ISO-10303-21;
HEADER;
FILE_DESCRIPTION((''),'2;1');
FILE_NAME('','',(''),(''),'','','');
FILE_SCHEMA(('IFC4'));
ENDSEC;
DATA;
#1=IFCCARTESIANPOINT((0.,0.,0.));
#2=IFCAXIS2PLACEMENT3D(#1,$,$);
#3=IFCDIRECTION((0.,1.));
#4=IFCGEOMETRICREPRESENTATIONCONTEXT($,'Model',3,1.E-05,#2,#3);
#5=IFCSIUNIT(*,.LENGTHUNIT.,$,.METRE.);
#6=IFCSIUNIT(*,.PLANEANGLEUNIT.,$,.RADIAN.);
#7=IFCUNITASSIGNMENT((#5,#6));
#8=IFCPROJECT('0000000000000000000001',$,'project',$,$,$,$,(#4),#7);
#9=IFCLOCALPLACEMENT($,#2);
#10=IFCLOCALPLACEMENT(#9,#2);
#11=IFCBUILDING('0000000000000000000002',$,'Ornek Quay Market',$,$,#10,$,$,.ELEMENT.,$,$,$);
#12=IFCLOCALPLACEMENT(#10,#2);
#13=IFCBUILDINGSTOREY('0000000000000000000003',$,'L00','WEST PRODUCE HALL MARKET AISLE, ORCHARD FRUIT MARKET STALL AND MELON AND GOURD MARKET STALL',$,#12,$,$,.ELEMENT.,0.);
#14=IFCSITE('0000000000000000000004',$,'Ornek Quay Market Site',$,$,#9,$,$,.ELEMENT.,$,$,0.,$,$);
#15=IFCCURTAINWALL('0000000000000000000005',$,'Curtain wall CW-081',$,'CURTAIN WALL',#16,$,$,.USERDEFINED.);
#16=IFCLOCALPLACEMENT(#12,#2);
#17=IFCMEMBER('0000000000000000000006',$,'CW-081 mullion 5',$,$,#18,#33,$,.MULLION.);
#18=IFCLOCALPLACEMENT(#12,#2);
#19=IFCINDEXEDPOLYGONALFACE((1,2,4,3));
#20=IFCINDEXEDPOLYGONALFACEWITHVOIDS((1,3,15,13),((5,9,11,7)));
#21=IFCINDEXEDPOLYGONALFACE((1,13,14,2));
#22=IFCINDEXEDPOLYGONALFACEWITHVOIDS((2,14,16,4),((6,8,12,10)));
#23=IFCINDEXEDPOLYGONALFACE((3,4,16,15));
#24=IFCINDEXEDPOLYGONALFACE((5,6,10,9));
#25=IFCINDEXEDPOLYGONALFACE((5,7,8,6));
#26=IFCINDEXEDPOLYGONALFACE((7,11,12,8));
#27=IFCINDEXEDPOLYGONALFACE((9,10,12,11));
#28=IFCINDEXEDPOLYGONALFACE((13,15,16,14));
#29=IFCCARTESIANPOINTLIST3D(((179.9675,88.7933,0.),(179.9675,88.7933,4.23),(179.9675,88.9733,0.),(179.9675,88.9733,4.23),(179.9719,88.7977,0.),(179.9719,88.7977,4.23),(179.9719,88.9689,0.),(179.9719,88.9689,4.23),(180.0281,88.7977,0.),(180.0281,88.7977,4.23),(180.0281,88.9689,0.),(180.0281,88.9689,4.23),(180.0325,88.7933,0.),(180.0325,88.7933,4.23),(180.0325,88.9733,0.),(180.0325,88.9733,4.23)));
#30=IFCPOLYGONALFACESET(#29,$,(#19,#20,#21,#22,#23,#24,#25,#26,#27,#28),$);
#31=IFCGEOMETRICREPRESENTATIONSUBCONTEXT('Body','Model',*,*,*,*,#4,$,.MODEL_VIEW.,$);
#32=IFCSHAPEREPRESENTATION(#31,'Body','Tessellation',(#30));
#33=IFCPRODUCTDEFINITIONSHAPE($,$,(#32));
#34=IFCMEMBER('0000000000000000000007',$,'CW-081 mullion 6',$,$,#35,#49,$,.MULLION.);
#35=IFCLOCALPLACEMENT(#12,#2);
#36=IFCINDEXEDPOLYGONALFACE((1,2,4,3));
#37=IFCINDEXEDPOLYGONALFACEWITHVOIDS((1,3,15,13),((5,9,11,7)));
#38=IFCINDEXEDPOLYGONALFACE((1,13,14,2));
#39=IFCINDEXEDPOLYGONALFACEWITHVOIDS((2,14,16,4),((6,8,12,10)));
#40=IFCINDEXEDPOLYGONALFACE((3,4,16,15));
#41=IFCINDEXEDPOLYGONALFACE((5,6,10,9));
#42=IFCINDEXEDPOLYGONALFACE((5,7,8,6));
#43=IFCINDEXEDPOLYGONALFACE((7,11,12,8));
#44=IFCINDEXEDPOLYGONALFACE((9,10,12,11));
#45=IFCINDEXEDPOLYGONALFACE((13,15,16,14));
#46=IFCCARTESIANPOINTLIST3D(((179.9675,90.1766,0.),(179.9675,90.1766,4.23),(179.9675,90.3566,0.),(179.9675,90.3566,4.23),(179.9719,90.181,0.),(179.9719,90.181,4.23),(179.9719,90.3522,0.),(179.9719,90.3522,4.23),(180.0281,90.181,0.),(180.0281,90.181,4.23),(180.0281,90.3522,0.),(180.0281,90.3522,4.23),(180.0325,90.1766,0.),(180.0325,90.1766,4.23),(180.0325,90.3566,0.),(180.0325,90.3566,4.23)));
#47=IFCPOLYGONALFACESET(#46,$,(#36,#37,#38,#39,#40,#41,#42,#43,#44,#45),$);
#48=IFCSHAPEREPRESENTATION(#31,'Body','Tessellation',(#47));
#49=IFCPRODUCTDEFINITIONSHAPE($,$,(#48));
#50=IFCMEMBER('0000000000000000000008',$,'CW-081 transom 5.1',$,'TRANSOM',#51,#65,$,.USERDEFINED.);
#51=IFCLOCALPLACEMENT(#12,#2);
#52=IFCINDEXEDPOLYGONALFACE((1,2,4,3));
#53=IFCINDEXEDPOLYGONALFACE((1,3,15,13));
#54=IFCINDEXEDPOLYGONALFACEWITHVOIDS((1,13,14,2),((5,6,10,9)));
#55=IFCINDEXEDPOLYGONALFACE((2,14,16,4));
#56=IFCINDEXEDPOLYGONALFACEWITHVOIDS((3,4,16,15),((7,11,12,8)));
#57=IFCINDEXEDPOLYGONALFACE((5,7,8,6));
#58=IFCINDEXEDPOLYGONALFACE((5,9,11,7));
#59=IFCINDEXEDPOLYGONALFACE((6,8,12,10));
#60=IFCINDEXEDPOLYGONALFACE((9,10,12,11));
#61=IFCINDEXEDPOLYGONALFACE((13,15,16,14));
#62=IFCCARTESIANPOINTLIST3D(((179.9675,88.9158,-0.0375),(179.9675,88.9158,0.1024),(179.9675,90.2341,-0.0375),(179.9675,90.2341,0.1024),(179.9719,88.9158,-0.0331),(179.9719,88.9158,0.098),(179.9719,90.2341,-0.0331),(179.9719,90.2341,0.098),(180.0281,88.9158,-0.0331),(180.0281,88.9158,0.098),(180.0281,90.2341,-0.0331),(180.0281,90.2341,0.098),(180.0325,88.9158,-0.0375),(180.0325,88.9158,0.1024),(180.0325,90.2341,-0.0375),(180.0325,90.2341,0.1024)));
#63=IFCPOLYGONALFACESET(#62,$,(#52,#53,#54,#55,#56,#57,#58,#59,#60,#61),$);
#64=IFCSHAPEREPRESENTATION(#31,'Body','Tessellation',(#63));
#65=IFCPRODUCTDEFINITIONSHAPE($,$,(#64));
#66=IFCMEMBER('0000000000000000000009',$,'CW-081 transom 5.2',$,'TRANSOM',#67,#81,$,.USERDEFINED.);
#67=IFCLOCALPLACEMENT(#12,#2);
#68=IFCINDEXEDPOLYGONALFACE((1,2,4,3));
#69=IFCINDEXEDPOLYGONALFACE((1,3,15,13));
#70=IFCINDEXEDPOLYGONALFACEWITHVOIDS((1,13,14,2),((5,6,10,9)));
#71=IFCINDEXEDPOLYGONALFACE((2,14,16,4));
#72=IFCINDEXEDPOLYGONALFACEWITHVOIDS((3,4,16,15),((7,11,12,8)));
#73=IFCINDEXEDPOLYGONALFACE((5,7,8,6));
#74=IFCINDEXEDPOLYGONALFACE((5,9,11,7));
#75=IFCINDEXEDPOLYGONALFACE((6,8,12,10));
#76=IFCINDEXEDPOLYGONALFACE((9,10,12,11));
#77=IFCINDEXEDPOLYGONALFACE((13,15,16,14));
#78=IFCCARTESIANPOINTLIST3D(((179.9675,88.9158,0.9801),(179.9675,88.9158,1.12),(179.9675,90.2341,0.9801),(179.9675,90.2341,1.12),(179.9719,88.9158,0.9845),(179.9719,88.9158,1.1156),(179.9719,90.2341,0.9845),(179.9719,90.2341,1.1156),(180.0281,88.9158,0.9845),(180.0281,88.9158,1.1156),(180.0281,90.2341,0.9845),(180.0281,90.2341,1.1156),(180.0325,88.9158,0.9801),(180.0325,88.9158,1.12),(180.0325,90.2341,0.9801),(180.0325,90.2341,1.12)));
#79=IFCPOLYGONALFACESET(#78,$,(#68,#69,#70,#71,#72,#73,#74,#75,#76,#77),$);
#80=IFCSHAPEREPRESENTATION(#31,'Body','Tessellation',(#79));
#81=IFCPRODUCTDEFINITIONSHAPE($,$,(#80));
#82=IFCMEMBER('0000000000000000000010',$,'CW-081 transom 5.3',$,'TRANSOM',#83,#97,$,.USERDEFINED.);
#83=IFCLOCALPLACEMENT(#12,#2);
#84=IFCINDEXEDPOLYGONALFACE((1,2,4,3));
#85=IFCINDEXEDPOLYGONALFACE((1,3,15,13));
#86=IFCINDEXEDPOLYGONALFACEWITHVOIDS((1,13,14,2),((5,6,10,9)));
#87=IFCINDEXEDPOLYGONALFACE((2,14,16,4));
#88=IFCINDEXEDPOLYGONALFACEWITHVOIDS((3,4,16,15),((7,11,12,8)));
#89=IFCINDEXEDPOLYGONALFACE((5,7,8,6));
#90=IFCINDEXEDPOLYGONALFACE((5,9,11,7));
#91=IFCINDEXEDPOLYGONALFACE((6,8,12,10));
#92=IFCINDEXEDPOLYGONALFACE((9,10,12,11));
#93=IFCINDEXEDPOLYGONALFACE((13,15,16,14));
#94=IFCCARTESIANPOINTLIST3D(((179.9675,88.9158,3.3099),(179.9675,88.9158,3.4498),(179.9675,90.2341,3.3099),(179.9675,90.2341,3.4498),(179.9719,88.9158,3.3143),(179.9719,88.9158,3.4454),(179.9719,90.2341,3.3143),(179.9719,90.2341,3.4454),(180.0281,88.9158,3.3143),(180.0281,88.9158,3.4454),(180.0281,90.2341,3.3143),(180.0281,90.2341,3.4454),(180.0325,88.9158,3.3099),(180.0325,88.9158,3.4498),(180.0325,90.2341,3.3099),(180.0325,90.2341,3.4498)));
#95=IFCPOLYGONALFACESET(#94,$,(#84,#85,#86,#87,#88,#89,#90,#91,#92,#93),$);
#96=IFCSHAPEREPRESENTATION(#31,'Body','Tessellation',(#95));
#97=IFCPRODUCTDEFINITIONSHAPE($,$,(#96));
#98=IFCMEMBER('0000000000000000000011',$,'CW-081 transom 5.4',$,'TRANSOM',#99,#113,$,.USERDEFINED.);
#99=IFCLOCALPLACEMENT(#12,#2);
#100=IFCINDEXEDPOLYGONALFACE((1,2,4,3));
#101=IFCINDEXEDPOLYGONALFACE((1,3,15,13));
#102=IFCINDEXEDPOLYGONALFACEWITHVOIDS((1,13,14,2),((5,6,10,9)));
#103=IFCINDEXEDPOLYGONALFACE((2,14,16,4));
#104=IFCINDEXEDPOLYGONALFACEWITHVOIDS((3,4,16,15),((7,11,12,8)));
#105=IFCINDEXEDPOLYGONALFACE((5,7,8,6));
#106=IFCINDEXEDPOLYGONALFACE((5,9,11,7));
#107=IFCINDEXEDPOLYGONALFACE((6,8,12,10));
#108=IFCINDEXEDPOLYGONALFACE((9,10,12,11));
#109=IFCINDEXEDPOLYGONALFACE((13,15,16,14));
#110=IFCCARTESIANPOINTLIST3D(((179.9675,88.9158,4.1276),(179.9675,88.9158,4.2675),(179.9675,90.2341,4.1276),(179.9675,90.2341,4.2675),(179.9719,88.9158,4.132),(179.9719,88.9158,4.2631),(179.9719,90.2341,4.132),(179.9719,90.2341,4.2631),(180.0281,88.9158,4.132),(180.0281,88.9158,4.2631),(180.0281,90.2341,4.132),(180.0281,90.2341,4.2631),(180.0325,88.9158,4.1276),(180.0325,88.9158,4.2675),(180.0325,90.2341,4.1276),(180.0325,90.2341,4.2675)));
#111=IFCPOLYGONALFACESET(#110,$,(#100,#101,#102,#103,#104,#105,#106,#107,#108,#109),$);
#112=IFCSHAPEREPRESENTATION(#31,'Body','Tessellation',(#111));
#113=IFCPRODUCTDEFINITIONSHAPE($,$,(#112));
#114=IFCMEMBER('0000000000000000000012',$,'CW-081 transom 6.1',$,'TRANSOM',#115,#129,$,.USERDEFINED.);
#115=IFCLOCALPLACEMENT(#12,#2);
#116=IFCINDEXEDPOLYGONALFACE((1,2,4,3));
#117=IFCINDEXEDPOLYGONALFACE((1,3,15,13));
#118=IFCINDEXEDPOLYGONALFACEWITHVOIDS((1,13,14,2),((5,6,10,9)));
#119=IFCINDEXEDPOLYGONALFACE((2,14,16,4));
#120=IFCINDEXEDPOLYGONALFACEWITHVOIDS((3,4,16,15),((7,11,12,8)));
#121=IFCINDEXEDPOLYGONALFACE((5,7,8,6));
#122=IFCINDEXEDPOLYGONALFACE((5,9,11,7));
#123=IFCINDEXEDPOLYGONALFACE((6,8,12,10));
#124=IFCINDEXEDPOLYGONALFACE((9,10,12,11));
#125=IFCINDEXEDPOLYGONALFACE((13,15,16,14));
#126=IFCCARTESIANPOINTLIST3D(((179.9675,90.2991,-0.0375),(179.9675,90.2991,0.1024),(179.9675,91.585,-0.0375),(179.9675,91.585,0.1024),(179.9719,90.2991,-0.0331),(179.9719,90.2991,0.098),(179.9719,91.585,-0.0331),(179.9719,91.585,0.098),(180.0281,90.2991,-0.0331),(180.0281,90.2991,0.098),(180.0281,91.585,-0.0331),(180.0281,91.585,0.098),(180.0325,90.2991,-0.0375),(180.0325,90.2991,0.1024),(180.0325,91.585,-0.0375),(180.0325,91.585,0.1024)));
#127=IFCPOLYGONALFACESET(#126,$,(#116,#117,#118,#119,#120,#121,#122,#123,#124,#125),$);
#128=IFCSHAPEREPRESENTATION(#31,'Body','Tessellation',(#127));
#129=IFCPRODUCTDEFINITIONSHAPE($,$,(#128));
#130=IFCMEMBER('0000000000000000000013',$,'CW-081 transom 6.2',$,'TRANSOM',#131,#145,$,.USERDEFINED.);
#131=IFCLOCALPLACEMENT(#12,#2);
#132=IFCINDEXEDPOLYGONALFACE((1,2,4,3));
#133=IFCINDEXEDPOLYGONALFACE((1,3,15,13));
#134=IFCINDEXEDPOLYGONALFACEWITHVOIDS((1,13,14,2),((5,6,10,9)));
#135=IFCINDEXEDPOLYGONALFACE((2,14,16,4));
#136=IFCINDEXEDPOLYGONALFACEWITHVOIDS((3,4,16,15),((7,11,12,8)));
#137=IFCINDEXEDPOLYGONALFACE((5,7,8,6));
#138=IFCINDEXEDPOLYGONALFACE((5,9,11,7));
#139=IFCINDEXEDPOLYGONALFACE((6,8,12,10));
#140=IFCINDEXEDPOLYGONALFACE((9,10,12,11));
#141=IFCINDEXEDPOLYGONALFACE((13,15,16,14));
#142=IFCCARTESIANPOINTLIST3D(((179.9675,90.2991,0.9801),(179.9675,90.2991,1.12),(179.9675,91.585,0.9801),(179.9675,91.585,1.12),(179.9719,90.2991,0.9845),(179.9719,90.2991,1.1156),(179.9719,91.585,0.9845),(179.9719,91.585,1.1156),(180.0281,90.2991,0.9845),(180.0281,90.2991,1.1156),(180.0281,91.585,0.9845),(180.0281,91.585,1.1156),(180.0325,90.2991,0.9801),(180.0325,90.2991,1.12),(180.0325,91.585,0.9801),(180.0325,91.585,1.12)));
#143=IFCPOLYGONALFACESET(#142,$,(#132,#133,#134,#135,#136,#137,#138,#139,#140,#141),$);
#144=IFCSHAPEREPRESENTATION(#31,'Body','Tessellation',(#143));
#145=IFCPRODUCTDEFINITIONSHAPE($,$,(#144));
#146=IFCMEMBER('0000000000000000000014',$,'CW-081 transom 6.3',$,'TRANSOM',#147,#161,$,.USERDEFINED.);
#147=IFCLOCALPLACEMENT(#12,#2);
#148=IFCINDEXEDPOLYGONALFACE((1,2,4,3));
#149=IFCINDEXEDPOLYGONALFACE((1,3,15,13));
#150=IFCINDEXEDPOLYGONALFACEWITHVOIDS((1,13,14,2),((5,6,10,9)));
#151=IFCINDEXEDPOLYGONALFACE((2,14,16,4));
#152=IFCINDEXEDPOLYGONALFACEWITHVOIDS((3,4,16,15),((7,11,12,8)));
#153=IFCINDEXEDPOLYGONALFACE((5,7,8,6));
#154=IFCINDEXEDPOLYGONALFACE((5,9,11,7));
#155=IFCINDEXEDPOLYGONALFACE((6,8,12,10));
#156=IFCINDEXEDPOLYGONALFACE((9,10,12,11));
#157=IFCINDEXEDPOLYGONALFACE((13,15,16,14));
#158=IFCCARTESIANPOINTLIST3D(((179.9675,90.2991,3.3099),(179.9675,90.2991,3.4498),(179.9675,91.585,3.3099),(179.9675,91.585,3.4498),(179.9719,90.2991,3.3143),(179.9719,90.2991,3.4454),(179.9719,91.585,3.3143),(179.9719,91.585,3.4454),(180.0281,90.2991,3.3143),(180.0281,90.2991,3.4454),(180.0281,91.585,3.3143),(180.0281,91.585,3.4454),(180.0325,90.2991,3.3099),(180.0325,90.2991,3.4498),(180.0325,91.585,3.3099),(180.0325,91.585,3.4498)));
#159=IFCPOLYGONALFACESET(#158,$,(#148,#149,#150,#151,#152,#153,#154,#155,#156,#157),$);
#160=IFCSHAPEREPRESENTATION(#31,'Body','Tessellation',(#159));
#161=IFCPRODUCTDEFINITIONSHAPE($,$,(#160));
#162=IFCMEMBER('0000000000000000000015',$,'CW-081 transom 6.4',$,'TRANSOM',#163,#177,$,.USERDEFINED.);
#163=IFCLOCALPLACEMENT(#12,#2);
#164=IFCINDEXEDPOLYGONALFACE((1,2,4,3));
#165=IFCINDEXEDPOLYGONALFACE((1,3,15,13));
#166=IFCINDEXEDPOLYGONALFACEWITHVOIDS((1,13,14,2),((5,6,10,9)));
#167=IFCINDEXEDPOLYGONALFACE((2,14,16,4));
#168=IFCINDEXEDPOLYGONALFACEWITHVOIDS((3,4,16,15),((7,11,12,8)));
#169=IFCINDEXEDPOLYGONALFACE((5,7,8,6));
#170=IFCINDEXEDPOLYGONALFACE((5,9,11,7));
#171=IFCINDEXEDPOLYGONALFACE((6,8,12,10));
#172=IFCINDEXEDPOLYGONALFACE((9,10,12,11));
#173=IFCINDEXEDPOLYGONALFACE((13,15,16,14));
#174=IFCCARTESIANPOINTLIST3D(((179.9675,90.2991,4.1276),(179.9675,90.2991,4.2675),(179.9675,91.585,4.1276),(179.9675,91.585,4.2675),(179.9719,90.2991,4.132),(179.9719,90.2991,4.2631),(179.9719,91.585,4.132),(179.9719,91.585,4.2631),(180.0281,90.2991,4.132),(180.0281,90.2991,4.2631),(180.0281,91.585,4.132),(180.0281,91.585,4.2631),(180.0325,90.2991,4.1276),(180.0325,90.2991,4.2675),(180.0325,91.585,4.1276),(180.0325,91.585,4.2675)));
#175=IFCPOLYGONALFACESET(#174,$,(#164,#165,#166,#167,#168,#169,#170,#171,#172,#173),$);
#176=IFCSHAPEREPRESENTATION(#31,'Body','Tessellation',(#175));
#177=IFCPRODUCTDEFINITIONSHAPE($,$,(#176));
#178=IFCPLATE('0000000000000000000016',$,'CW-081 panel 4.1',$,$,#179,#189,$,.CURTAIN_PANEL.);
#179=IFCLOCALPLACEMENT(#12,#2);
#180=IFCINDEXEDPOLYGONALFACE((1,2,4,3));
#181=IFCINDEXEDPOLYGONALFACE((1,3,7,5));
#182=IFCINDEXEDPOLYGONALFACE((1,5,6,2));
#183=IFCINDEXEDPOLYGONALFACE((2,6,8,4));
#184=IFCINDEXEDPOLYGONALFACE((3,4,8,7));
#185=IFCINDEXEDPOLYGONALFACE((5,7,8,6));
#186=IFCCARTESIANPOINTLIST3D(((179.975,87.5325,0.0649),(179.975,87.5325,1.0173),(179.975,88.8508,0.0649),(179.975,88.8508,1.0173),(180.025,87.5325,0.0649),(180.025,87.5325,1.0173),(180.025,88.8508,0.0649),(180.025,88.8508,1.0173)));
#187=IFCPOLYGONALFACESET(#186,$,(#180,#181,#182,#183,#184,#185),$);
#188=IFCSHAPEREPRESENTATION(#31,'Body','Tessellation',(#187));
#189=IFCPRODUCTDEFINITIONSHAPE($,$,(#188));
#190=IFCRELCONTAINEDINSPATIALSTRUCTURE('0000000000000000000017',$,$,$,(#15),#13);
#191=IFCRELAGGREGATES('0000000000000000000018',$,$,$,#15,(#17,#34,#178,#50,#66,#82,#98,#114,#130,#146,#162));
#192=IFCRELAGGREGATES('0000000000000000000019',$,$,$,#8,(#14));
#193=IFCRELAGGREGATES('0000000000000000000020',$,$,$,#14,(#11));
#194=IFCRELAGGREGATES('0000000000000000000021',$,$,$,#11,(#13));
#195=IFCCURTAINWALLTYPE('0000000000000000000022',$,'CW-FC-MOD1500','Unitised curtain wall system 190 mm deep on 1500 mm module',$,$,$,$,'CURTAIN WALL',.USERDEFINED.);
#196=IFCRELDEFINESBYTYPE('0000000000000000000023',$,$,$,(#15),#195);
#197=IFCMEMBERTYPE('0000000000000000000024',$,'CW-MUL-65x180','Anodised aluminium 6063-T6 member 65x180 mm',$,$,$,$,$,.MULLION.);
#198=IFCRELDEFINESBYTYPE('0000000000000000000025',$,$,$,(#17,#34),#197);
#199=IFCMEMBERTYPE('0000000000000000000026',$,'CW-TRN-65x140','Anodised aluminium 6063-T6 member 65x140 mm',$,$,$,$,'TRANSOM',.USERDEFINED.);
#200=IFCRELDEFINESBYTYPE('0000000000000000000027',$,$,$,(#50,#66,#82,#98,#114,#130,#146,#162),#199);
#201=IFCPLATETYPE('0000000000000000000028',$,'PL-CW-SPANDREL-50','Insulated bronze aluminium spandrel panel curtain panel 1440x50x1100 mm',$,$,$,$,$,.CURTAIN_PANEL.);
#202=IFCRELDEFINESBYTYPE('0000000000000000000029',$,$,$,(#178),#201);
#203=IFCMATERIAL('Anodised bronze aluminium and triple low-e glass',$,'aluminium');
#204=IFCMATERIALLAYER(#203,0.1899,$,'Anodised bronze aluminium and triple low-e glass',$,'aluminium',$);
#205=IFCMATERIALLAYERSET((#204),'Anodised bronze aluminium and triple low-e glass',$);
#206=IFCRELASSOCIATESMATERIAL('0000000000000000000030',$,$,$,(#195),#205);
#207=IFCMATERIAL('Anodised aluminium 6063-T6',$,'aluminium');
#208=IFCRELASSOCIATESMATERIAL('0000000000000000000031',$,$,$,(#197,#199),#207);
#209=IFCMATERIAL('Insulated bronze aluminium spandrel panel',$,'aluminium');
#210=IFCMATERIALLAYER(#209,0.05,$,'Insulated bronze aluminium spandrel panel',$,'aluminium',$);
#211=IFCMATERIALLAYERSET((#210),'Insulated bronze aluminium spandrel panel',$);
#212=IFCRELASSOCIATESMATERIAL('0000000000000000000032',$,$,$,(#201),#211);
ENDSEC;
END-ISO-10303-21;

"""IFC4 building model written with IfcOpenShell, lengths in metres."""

from ifc_helpers import new_model, si_unit, direction, frame, origin, origin_2d, place, context, subcontext, project, spatial, rectangle, hollow_rectangle, extrude, material, layer, layer_set, material_profile, profile_set, type_object, element, aggregate, save


model = new_model("IFC4")

# Units and contexts
model_context = context("Model", 3, precision=1e-05, world=origin(), true_north=direction((0.0, 1.0)))
body_context = subcontext(model_context, "Body", "Model", "MODEL_VIEW")
ifc_project = project(units=[si_unit("LENGTHUNIT", "METRE"), si_unit("PLANEANGLEUNIT", "RADIAN")], contexts=[model_context])

# Site, building, storey
site_placement = place(None, origin())
site = spatial("IfcSite", under=ifc_project, at=site_placement, Name="Ornek Quay Market Site", CompositionType="ELEMENT", RefElevation=0.0)
building_placement = place(site_placement, origin())
building = spatial("IfcBuilding", under=site, at=building_placement, Name="Ornek Quay Market", CompositionType="ELEMENT")
storey_placement = place(building_placement, origin())
storey = spatial("IfcBuildingStorey", under=building, at=storey_placement, Name="L00", Description="WEST PRODUCE HALL MARKET AISLE, ORCHARD FRUIT MARKET STALL AND MELON AND GOURD MARKET STALL", CompositionType="ELEMENT", Elevation=0.0)

# Curtain wall, members, plate
ifc_material_1 = material(Name="Anodised bronze aluminium and triple low-e glass", Category="aluminium")
ifc_layer_1 = layer(ifc_material_1, 0.1899, Name="Anodised bronze aluminium and triple low-e glass", Category="aluminium")
ifc_layer_set_1 = layer_set([ifc_layer_1], Name="Anodised bronze aluminium and triple low-e glass")
curtain_wall_type = type_object("IfcCurtainWallType", Name="CW-FC-MOD1500", Description="Unitised curtain wall system 190 mm deep on 1500 mm module", ElementType="CURTAIN WALL", PredefinedType="USERDEFINED", material=ifc_layer_set_1)
curtain_wall_placement = place(storey_placement, origin())
curtain_wall = element("IfcCurtainWall", 1, at=curtain_wall_placement, inside=storey, type_object=curtain_wall_type, Name="Curtain wall CW-081", ObjectType="CURTAIN WALL", PredefinedType="USERDEFINED")
ifc_material_2 = material(Name="Anodised aluminium 6063-T6", Category="aluminium")
ifc_material_profile_1 = material_profile(ifc_material_2, hollow_rectangle(XDim=0.0649, YDim=0.1799, WallThickness=0.0044, at=origin_2d()), Name="CW-MUL-65x180", Category="aluminium")
ifc_profile_set_1 = profile_set([ifc_material_profile_1], Name="Anodised aluminium 6063-T6")
member_type_1 = type_object("IfcMemberType", Name="CW-MUL-65x180", Description="Anodised aluminium 6063-T6 member 65x180 mm", PredefinedType="MULLION", material=ifc_profile_set_1)
member_1_placement = place(storey_placement, frame((180.0, 88.8833, 0.0), z_axis=(0.0, 0.0, 1.0), x_axis=(-1.0, 0.0, 0.0)))
member_1 = element("IfcMember", 2, at=member_1_placement, type_object=member_type_1, Name="CW-081 mullion 5", PredefinedType="MULLION", context=body_context, shape_type="SweptSolid", body=[
    extrude(hollow_rectangle(XDim=0.0649, YDim=0.1799, WallThickness=0.0044, at=origin_2d()), origin(), (0.0, 0.0, 1.0), 4.23),
])
member_2_placement = place(storey_placement, frame((180.0, 90.2666, 0.0), z_axis=(0.0, 0.0, 1.0), x_axis=(-1.0, 0.0, 0.0)))
member_2 = element("IfcMember", 3, at=member_2_placement, type_object=member_type_1, Name="CW-081 mullion 6", PredefinedType="MULLION", context=body_context, shape_type="SweptSolid", body=[
    extrude(hollow_rectangle(XDim=0.0649, YDim=0.1799, WallThickness=0.0044, at=origin_2d()), origin(), (0.0, 0.0, 1.0), 4.23),
])
ifc_material_profile_2 = material_profile(ifc_material_2, hollow_rectangle(XDim=0.0649, YDim=0.1399, WallThickness=0.0044, at=origin_2d()), Name="CW-TRN-65x140", Category="aluminium")
ifc_profile_set_2 = profile_set([ifc_material_profile_2], Name="Anodised aluminium 6063-T6")
member_type_2 = type_object("IfcMemberType", Name="CW-TRN-65x140", Description="Anodised aluminium 6063-T6 member 65x140 mm", ElementType="TRANSOM", PredefinedType="USERDEFINED", material=ifc_profile_set_2)
member_3_placement = place(storey_placement, frame((180.0, 88.9158, 0.0325), z_axis=(0.0, 1.0, 0.0), x_axis=(-1.0, 0.0, 0.0)))
member_3 = element("IfcMember", 4, at=member_3_placement, type_object=member_type_2, Name="CW-081 transom 5.1", ObjectType="TRANSOM", PredefinedType="USERDEFINED", context=body_context, shape_type="SweptSolid", body=[
    extrude(hollow_rectangle(XDim=0.0649, YDim=0.1399, WallThickness=0.0044, at=origin_2d()), origin(), (0.0, 0.0, 1.0), 1.3184),
])
member_4_placement = place(storey_placement, frame((180.0, 88.9158, 1.05), z_axis=(0.0, 1.0, 0.0), x_axis=(-1.0, 0.0, 0.0)))
member_4 = element("IfcMember", 5, at=member_4_placement, type_object=member_type_2, Name="CW-081 transom 5.2", ObjectType="TRANSOM", PredefinedType="USERDEFINED", context=body_context, shape_type="SweptSolid", body=[
    extrude(hollow_rectangle(XDim=0.0649, YDim=0.1399, WallThickness=0.0044, at=origin_2d()), origin(), (0.0, 0.0, 1.0), 1.3184),
])
member_5_placement = place(storey_placement, frame((180.0, 88.9158, 3.3799), z_axis=(0.0, 1.0, 0.0), x_axis=(-1.0, 0.0, 0.0)))
member_5 = element("IfcMember", 6, at=member_5_placement, type_object=member_type_2, Name="CW-081 transom 5.3", ObjectType="TRANSOM", PredefinedType="USERDEFINED", context=body_context, shape_type="SweptSolid", body=[
    extrude(hollow_rectangle(XDim=0.0649, YDim=0.1399, WallThickness=0.0044, at=origin_2d()), origin(), (0.0, 0.0, 1.0), 1.3184),
])
member_6_placement = place(storey_placement, frame((180.0, 88.9158, 4.1975), z_axis=(0.0, 1.0, 0.0), x_axis=(-1.0, 0.0, 0.0)))
member_6 = element("IfcMember", 7, at=member_6_placement, type_object=member_type_2, Name="CW-081 transom 5.4", ObjectType="TRANSOM", PredefinedType="USERDEFINED", context=body_context, shape_type="SweptSolid", body=[
    extrude(hollow_rectangle(XDim=0.0649, YDim=0.1399, WallThickness=0.0044, at=origin_2d()), origin(), (0.0, 0.0, 1.0), 1.3184),
])
member_7_placement = place(storey_placement, frame((180.0, 90.2991, 0.0325), z_axis=(0.0, 1.0, 0.0), x_axis=(-1.0, 0.0, 0.0)))
member_7 = element("IfcMember", 8, at=member_7_placement, type_object=member_type_2, Name="CW-081 transom 6.1", ObjectType="TRANSOM", PredefinedType="USERDEFINED", context=body_context, shape_type="SweptSolid", body=[
    extrude(hollow_rectangle(XDim=0.0649, YDim=0.1399, WallThickness=0.0044, at=origin_2d()), origin(), (0.0, 0.0, 1.0), 1.2859),
])
member_8_placement = place(storey_placement, frame((180.0, 90.2991, 1.05), z_axis=(0.0, 1.0, 0.0), x_axis=(-1.0, 0.0, 0.0)))
member_8 = element("IfcMember", 9, at=member_8_placement, type_object=member_type_2, Name="CW-081 transom 6.2", ObjectType="TRANSOM", PredefinedType="USERDEFINED", context=body_context, shape_type="SweptSolid", body=[
    extrude(hollow_rectangle(XDim=0.0649, YDim=0.1399, WallThickness=0.0044, at=origin_2d()), origin(), (0.0, 0.0, 1.0), 1.2859),
])
member_9_placement = place(storey_placement, frame((180.0, 90.2991, 3.3799), z_axis=(0.0, 1.0, 0.0), x_axis=(-1.0, 0.0, 0.0)))
member_9 = element("IfcMember", 10, at=member_9_placement, type_object=member_type_2, Name="CW-081 transom 6.3", ObjectType="TRANSOM", PredefinedType="USERDEFINED", context=body_context, shape_type="SweptSolid", body=[
    extrude(hollow_rectangle(XDim=0.0649, YDim=0.1399, WallThickness=0.0044, at=origin_2d()), origin(), (0.0, 0.0, 1.0), 1.2859),
])
member_10_placement = place(storey_placement, frame((180.0, 90.2991, 4.1975), z_axis=(0.0, 1.0, 0.0), x_axis=(-1.0, 0.0, 0.0)))
member_10 = element("IfcMember", 11, at=member_10_placement, type_object=member_type_2, Name="CW-081 transom 6.4", ObjectType="TRANSOM", PredefinedType="USERDEFINED", context=body_context, shape_type="SweptSolid", body=[
    extrude(hollow_rectangle(XDim=0.0649, YDim=0.1399, WallThickness=0.0044, at=origin_2d()), origin(), (0.0, 0.0, 1.0), 1.2859),
])
ifc_material_3 = material(Name="Insulated bronze aluminium spandrel panel", Category="aluminium")
ifc_layer_2 = layer(ifc_material_3, 0.05, Name="Insulated bronze aluminium spandrel panel", Category="aluminium")
ifc_layer_set_2 = layer_set([ifc_layer_2], Name="Insulated bronze aluminium spandrel panel")
plate_type = type_object("IfcPlateType", Name="PL-CW-SPANDREL-50", Description="Insulated bronze aluminium spandrel panel curtain panel 1440x50x1100 mm", PredefinedType="CURTAIN_PANEL", material=ifc_layer_set_2)
plate_1_placement = place(storey_placement, frame((180.0, 88.1917, 0.0649), z_axis=(0.0, 0.0, 1.0), x_axis=(0.0, 1.0, 0.0)))
plate_1 = element("IfcPlate", 12, at=plate_1_placement, type_object=plate_type, Name="CW-081 panel 4.1", PredefinedType="CURTAIN_PANEL", context=body_context, shape_type="SweptSolid", body=[
    extrude(rectangle(XDim=1.3184, YDim=0.05, at=origin_2d()), origin(), (0.0, 0.0, 1.0), 0.9524),
])
aggregate(curtain_wall, [member_1, member_2, plate_1, member_3, member_4, member_5, member_6, member_7, member_8, member_9, member_10])

save(model, "model.ifc")
